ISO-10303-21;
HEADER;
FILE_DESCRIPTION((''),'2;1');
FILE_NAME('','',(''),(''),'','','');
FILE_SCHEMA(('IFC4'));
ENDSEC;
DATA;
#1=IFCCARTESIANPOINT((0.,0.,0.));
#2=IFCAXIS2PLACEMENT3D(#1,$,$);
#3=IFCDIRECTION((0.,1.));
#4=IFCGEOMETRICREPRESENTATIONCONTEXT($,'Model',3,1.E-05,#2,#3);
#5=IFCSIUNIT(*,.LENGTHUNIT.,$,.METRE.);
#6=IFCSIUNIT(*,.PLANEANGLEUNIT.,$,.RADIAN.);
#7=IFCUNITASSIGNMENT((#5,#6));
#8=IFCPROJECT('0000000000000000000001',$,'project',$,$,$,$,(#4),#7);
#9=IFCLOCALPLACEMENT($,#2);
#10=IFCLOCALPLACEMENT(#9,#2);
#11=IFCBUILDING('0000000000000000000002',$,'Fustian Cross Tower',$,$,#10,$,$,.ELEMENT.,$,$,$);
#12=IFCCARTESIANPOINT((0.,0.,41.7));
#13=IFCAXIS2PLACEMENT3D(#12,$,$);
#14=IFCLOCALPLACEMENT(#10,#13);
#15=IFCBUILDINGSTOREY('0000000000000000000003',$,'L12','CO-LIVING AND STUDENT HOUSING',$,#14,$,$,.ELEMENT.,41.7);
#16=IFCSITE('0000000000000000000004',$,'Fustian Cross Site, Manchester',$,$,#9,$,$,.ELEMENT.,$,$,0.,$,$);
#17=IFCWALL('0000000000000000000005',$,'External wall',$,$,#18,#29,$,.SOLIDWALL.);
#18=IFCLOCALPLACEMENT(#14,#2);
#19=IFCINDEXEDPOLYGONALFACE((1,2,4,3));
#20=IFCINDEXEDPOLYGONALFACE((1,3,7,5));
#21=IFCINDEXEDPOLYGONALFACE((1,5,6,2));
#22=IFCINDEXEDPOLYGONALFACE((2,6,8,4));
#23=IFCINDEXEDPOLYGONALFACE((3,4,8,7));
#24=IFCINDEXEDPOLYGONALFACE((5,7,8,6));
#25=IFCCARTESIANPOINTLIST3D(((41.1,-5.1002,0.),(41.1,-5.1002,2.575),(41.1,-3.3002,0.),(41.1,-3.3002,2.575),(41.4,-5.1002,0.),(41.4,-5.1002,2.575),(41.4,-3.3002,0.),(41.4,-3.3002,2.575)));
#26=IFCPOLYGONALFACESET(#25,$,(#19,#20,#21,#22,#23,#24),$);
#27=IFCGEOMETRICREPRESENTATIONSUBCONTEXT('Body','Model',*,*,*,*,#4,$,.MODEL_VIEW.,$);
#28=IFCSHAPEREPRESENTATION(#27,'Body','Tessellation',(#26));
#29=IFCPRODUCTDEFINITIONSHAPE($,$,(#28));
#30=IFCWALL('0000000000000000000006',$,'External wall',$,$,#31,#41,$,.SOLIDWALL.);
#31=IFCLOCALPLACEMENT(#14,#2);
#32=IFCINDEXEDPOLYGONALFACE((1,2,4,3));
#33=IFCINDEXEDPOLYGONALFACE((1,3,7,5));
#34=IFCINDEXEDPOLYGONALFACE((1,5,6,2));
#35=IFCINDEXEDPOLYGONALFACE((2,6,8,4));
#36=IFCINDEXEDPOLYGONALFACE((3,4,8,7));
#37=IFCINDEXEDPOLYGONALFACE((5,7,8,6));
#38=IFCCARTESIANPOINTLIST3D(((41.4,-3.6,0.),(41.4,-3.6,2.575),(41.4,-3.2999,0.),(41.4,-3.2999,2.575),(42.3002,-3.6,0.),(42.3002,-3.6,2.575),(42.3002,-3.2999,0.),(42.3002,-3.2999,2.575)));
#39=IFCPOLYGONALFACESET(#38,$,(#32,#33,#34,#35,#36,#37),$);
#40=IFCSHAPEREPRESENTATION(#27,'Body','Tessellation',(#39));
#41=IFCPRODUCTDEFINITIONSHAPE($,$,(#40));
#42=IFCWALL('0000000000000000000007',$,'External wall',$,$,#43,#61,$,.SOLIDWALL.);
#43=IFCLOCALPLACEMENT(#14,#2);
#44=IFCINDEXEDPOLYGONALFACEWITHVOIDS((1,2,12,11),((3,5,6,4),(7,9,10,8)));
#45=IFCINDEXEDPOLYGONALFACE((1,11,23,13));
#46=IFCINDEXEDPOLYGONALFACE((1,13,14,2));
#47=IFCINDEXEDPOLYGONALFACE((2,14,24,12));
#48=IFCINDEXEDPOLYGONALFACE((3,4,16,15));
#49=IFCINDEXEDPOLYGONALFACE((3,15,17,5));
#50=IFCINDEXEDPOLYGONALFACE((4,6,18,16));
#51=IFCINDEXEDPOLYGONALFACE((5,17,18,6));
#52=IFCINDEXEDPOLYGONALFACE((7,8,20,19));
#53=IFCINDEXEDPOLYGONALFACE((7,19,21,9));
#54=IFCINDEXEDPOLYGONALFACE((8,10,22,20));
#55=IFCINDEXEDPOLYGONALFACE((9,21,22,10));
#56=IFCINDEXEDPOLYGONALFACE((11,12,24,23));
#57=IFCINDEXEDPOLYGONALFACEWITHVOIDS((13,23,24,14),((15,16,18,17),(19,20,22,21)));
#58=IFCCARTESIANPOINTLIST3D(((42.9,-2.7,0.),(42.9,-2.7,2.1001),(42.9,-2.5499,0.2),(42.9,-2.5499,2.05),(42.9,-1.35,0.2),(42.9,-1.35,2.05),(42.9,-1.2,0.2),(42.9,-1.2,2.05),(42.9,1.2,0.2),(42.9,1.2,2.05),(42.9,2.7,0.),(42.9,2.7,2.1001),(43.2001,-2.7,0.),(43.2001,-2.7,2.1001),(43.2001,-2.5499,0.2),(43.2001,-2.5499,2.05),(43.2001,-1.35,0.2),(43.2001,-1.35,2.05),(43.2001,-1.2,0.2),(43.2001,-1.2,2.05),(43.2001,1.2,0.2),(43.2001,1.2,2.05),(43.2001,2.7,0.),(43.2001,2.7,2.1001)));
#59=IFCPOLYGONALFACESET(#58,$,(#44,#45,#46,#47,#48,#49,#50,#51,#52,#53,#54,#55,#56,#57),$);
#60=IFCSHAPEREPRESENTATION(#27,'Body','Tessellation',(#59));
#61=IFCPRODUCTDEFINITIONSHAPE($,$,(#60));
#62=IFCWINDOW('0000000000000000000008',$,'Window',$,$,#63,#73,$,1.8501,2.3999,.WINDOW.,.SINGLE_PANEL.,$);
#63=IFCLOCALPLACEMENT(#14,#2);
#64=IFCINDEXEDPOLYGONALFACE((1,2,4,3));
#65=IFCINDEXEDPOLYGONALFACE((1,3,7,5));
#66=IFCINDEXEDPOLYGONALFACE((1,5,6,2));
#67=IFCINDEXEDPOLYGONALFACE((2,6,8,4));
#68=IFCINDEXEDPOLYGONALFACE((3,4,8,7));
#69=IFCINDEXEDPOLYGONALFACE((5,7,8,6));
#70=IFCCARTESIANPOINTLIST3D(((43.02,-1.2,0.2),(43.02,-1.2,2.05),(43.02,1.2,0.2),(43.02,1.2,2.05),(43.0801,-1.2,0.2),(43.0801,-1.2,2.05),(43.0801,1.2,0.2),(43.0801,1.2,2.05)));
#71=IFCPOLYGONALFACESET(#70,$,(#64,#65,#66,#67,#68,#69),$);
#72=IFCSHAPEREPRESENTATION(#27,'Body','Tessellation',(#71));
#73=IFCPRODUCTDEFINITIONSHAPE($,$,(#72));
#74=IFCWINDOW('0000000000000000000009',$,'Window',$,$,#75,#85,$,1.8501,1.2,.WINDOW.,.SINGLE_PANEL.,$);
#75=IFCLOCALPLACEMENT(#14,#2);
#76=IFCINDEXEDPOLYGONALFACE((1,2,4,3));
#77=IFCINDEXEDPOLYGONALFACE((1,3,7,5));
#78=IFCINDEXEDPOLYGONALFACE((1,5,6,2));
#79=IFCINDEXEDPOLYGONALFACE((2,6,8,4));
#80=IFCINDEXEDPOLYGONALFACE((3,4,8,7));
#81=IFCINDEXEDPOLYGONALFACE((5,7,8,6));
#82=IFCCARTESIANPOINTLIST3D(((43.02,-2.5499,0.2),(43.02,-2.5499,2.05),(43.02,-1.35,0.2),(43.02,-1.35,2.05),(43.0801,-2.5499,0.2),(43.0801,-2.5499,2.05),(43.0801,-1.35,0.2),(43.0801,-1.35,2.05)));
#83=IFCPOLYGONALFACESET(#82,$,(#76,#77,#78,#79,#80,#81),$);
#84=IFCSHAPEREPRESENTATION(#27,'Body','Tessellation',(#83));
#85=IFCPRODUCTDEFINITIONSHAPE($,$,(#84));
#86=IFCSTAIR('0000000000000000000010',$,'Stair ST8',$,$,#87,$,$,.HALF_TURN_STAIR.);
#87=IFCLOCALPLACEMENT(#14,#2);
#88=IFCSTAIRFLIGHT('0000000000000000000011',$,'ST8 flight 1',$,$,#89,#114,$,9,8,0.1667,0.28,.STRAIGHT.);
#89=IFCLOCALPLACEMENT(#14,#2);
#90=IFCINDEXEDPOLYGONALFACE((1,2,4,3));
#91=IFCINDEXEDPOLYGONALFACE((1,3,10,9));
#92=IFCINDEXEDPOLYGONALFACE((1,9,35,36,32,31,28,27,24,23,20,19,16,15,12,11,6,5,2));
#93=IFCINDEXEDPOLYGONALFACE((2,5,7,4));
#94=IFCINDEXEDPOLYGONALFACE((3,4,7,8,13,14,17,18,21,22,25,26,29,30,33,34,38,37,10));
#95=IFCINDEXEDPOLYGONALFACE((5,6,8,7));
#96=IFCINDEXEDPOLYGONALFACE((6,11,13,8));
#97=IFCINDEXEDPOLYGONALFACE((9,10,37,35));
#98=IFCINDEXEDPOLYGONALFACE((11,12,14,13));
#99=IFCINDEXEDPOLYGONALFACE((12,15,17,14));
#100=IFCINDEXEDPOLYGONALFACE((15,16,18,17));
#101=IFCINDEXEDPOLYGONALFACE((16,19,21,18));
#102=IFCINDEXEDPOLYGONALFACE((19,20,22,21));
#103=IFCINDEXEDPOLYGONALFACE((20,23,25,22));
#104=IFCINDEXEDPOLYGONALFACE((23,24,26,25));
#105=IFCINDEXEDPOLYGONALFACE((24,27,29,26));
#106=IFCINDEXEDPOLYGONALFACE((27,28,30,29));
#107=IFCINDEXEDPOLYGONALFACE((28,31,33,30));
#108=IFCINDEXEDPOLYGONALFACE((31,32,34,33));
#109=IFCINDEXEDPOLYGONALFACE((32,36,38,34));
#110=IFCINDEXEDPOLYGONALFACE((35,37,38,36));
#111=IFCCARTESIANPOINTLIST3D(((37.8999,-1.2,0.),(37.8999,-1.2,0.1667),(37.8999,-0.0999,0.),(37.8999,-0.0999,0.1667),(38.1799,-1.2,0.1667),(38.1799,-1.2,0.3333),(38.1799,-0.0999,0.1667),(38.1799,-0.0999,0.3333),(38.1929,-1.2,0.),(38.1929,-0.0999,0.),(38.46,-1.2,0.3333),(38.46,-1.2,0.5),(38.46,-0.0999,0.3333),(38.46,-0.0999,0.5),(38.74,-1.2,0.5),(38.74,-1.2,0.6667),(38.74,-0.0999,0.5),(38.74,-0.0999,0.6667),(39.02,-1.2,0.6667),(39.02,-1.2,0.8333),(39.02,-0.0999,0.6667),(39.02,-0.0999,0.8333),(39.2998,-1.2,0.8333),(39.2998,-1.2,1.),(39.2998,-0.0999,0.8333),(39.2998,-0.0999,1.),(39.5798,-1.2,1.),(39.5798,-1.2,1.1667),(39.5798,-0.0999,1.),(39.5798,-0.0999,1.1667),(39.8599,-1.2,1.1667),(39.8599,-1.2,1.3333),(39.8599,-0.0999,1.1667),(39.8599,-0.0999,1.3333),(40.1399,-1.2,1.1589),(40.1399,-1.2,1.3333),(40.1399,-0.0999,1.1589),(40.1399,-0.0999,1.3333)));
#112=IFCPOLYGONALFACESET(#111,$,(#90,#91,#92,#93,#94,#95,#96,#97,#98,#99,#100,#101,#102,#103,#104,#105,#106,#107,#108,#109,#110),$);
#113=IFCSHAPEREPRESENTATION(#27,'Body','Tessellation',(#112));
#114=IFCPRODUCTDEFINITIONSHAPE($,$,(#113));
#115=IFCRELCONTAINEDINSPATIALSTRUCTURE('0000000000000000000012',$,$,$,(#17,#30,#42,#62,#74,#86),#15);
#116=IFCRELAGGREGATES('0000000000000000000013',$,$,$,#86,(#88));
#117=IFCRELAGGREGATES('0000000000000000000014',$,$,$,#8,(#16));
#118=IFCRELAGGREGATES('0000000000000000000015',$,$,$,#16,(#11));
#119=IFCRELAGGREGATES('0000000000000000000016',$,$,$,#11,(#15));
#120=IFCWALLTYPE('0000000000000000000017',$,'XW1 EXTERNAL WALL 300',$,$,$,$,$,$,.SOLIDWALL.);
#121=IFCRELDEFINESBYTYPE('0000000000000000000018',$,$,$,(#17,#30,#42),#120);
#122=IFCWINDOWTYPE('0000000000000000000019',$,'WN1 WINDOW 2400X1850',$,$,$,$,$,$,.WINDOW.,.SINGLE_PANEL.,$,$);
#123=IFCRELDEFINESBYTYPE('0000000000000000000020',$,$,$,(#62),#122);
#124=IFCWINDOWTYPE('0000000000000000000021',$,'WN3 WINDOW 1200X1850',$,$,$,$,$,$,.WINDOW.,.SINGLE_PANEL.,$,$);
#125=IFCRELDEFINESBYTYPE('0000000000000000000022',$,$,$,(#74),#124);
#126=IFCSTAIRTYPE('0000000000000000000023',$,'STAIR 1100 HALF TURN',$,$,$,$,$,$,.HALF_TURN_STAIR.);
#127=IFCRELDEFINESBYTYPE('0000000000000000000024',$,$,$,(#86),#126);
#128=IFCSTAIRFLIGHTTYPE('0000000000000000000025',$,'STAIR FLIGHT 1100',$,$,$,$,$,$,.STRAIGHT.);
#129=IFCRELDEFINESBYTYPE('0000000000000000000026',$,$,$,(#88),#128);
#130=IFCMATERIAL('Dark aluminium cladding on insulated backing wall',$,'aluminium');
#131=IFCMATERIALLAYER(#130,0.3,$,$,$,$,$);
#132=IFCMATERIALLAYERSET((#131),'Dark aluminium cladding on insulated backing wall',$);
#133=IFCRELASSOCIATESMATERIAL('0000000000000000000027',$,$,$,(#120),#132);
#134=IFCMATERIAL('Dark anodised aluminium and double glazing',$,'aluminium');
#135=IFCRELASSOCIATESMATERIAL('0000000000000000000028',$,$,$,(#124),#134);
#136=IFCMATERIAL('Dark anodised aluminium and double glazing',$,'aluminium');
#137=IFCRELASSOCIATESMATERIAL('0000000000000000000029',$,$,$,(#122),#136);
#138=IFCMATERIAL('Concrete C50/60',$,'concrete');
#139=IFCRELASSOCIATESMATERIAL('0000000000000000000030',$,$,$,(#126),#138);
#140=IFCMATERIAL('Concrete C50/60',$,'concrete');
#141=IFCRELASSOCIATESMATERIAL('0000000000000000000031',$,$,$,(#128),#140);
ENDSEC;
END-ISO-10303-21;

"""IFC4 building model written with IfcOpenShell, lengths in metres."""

from ifc_helpers import new_model, si_unit, direction, frame, frame_2d, origin, place, context, subcontext, project, spatial, polyline, rectangle, outline, extrude, material, layer, layer_set, type_object, element, fill, aggregate, save


model = new_model("IFC4")

# Units and contexts
model_context = context("Model", 3, precision=1e-05, world=origin(), true_north=direction((0.0, 1.0)))
body_context = subcontext(model_context, "Body", "Model", "MODEL_VIEW")
ifc_project = project(units=[si_unit("LENGTHUNIT", "METRE"), si_unit("PLANEANGLEUNIT", "RADIAN")], contexts=[model_context])

# Site, building, storey
site_placement = place(None, origin())
site = spatial("IfcSite", under=ifc_project, at=site_placement, Name="Fustian Cross Site, Manchester", CompositionType="ELEMENT", RefElevation=0.0)
building_placement = place(site_placement, origin())
building = spatial("IfcBuilding", under=site, at=building_placement, Name="Fustian Cross Tower", CompositionType="ELEMENT")
storey_placement = place(building_placement, frame((0.0, 0.0, 41.7)))
storey = spatial("IfcBuildingStorey", under=building, at=storey_placement, Name="L12", Description="CO-LIVING AND STUDENT HOUSING", CompositionType="ELEMENT", Elevation=41.7)

# Shared definitions
ifc_material_1 = material(Name="Dark aluminium cladding on insulated backing wall", Category="aluminium")
ifc_layer_1 = layer(ifc_material_1, 0.3)
ifc_layer_set_1 = layer_set([ifc_layer_1], Name="Dark aluminium cladding on insulated backing wall")
wall_type_1 = type_object("IfcWallType", Name="XW1 EXTERNAL WALL 300", PredefinedType="SOLIDWALL", material=ifc_layer_set_1)
ifc_material_2 = material(Name="Dark anodised aluminium and double glazing", Category="aluminium")
window_type_1 = type_object("IfcWindowType", Name="WN3 WINDOW 1200X1850", PartitioningType="SINGLE_PANEL", PredefinedType="WINDOW", material=ifc_material_2)

# Walls
wall_1_placement = place(storey_placement, frame((41.25, -5.1001, 0.0), z_axis=(0.0, 0.0, 1.0), x_axis=(0.0, 1.0, 0.0)))
element("IfcWall", 1, at=wall_1_placement, inside=storey, type_object=wall_type_1, Name="External wall", PredefinedType="SOLIDWALL", context=body_context, shape_type="SweptSolid", body=[
    extrude(rectangle(XDim=1.8, YDim=0.3, at=frame_2d((0.8999, 0.0))), origin(), (0.0, 0.0, 1.0), 2.575),
])
wall_2_placement = place(storey_placement, frame((41.3999, -3.45, 0.0), z_axis=(0.0, 0.0, 1.0), x_axis=(1.0, 0.0, 0.0)))
element("IfcWall", 2, at=wall_2_placement, inside=storey, type_object=wall_type_1, Name="External wall", PredefinedType="SOLIDWALL", context=body_context, shape_type="SweptSolid", body=[
    extrude(rectangle(XDim=0.9001, YDim=0.3, at=frame_2d((0.4502, 0.0))), origin(), (0.0, 0.0, 1.0), 2.575),
])

# Wall, openings, windows
wall_3_placement = place(storey_placement, frame((43.05, -2.7, 0.0), z_axis=(0.0, 0.0, 1.0), x_axis=(0.0, 1.0, 0.0)))
wall_3 = element("IfcWall", 3, at=wall_3_placement, inside=storey, type_object=wall_type_1, Name="External wall", PredefinedType="SOLIDWALL", context=body_context, shape_type="SweptSolid", body=[
    extrude(rectangle(XDim=5.3999, YDim=0.3, at=frame_2d((2.7, 0.0))), origin(), (0.0, 0.0, 1.0), 2.1001),
])
opening_1_placement = place(wall_3_placement, frame((1.5, 0.0, 0.2)))
opening_1 = element("IfcOpeningElement", 4, at=opening_1_placement, cuts=wall_3, PredefinedType="OPENING", context=body_context, shape_type="SweptSolid", body=[
    extrude(rectangle(XDim=2.3999, YDim=1.8501, at=frame_2d((1.2, 0.925))), frame((0.0, 0.1599, 0.0), z_axis=(0.0, -1.0, 0.0), x_axis=(1.0, 0.0, 0.0)), (0.0, 0.0, 1.0), 0.3201),
])
opening_2_placement = place(wall_3_placement, frame((0.1499, 0.0, 0.2)))
opening_2 = element("IfcOpeningElement", 5, at=opening_2_placement, cuts=wall_3, PredefinedType="OPENING", context=body_context, shape_type="SweptSolid", body=[
    extrude(rectangle(XDim=1.2, YDim=1.8501, at=frame_2d((0.6001, 0.925))), frame((0.0, 0.1599, 0.0), z_axis=(0.0, -1.0, 0.0), x_axis=(1.0, 0.0, 0.0)), (0.0, 0.0, 1.0), 0.3201),
])
ifc_material_3 = material(Name="Dark anodised aluminium and double glazing", Category="aluminium")
window_type_2 = type_object("IfcWindowType", Name="WN1 WINDOW 2400X1850", PartitioningType="SINGLE_PANEL", PredefinedType="WINDOW", material=ifc_material_3)
window_1_placement = place(opening_1_placement, origin())
window_1 = element("IfcWindow", 6, at=window_1_placement, inside=storey, type_object=window_type_2, Name="Window", OverallHeight=1.8501, OverallWidth=2.3999, PartitioningType="SINGLE_PANEL", PredefinedType="WINDOW", context=body_context, shape_type="SweptSolid", body=[
    extrude(rectangle(XDim=2.3999, YDim=1.8501, at=frame_2d((1.2, 0.925))), frame((0.0, 0.03, 0.0), z_axis=(0.0, -1.0, 0.0), x_axis=(1.0, 0.0, 0.0)), (0.0, 0.0, 1.0), 0.0601),
])
fill(opening_1, window_1)
window_2_placement = place(opening_2_placement, origin())
window_2 = element("IfcWindow", 7, at=window_2_placement, inside=storey, type_object=window_type_1, Name="Window", OverallHeight=1.8501, OverallWidth=1.2, PartitioningType="SINGLE_PANEL", PredefinedType="WINDOW", context=body_context, shape_type="SweptSolid", body=[
    extrude(rectangle(XDim=1.2, YDim=1.8501, at=frame_2d((0.6001, 0.925))), frame((0.0, 0.03, 0.0), z_axis=(0.0, -1.0, 0.0), x_axis=(1.0, 0.0, 0.0)), (0.0, 0.0, 1.0), 0.0601),
])
fill(opening_2, window_2)

# Stair, stair flight
ifc_material_4 = material(Name="Concrete C50/60", Category="concrete")
stair_type = type_object("IfcStairType", Name="STAIR 1100 HALF TURN", PredefinedType="HALF_TURN_STAIR", material=ifc_material_4)
stair_placement = place(storey_placement, origin())
stair = element("IfcStair", 8, at=stair_placement, inside=storey, type_object=stair_type, Name="Stair ST8", PredefinedType="HALF_TURN_STAIR")
ifc_material_5 = material(Name="Concrete C50/60", Category="concrete")
stair_flight_type = type_object("IfcStairFlightType", Name="STAIR FLIGHT 1100", PredefinedType="STRAIGHT", material=ifc_material_5)
stair_flight_placement = place(storey_placement, frame((37.8999, -0.6499, 0.0), z_axis=(0.0, 0.0, 1.0), x_axis=(1.0, 0.0, 0.0)))
stair_flight = element("IfcStairFlight", 9, at=stair_flight_placement, type_object=stair_flight_type, Name="ST8 flight 1", NumberOfRisers=9, NumberOfTreads=8, PredefinedType="STRAIGHT", RiserHeight=0.1667, TreadLength=0.28, context=body_context, shape_type="SweptSolid", body=[
    extrude(outline(polyline([(0.0, 0.0), (0.0, 0.1667), (0.28, 0.1667), (0.28, 0.3333), (0.5601, 0.3333), (0.5601, 0.5), (0.8401, 0.5), (0.8401, 0.6667), (1.1201, 0.6667), (1.1201, 0.8333), (1.3999, 0.8333), (1.3999, 1.0), (1.6799, 1.0), (1.6799, 1.1667), (1.96, 1.1667), (1.96, 1.3333), (2.24, 1.3333), (2.24, 1.5), (2.24, 1.1589), (0.293, 0.0), (0.0, 0.0)])), frame((0.0, 0.55, 0.0), z_axis=(0.0, -1.0, 0.0), x_axis=(1.0, 0.0, 0.0)), (0.0, 0.0, 1.0), 1.1001),
])
aggregate(stair, [stair_flight])

save(model, "model.ifc")
